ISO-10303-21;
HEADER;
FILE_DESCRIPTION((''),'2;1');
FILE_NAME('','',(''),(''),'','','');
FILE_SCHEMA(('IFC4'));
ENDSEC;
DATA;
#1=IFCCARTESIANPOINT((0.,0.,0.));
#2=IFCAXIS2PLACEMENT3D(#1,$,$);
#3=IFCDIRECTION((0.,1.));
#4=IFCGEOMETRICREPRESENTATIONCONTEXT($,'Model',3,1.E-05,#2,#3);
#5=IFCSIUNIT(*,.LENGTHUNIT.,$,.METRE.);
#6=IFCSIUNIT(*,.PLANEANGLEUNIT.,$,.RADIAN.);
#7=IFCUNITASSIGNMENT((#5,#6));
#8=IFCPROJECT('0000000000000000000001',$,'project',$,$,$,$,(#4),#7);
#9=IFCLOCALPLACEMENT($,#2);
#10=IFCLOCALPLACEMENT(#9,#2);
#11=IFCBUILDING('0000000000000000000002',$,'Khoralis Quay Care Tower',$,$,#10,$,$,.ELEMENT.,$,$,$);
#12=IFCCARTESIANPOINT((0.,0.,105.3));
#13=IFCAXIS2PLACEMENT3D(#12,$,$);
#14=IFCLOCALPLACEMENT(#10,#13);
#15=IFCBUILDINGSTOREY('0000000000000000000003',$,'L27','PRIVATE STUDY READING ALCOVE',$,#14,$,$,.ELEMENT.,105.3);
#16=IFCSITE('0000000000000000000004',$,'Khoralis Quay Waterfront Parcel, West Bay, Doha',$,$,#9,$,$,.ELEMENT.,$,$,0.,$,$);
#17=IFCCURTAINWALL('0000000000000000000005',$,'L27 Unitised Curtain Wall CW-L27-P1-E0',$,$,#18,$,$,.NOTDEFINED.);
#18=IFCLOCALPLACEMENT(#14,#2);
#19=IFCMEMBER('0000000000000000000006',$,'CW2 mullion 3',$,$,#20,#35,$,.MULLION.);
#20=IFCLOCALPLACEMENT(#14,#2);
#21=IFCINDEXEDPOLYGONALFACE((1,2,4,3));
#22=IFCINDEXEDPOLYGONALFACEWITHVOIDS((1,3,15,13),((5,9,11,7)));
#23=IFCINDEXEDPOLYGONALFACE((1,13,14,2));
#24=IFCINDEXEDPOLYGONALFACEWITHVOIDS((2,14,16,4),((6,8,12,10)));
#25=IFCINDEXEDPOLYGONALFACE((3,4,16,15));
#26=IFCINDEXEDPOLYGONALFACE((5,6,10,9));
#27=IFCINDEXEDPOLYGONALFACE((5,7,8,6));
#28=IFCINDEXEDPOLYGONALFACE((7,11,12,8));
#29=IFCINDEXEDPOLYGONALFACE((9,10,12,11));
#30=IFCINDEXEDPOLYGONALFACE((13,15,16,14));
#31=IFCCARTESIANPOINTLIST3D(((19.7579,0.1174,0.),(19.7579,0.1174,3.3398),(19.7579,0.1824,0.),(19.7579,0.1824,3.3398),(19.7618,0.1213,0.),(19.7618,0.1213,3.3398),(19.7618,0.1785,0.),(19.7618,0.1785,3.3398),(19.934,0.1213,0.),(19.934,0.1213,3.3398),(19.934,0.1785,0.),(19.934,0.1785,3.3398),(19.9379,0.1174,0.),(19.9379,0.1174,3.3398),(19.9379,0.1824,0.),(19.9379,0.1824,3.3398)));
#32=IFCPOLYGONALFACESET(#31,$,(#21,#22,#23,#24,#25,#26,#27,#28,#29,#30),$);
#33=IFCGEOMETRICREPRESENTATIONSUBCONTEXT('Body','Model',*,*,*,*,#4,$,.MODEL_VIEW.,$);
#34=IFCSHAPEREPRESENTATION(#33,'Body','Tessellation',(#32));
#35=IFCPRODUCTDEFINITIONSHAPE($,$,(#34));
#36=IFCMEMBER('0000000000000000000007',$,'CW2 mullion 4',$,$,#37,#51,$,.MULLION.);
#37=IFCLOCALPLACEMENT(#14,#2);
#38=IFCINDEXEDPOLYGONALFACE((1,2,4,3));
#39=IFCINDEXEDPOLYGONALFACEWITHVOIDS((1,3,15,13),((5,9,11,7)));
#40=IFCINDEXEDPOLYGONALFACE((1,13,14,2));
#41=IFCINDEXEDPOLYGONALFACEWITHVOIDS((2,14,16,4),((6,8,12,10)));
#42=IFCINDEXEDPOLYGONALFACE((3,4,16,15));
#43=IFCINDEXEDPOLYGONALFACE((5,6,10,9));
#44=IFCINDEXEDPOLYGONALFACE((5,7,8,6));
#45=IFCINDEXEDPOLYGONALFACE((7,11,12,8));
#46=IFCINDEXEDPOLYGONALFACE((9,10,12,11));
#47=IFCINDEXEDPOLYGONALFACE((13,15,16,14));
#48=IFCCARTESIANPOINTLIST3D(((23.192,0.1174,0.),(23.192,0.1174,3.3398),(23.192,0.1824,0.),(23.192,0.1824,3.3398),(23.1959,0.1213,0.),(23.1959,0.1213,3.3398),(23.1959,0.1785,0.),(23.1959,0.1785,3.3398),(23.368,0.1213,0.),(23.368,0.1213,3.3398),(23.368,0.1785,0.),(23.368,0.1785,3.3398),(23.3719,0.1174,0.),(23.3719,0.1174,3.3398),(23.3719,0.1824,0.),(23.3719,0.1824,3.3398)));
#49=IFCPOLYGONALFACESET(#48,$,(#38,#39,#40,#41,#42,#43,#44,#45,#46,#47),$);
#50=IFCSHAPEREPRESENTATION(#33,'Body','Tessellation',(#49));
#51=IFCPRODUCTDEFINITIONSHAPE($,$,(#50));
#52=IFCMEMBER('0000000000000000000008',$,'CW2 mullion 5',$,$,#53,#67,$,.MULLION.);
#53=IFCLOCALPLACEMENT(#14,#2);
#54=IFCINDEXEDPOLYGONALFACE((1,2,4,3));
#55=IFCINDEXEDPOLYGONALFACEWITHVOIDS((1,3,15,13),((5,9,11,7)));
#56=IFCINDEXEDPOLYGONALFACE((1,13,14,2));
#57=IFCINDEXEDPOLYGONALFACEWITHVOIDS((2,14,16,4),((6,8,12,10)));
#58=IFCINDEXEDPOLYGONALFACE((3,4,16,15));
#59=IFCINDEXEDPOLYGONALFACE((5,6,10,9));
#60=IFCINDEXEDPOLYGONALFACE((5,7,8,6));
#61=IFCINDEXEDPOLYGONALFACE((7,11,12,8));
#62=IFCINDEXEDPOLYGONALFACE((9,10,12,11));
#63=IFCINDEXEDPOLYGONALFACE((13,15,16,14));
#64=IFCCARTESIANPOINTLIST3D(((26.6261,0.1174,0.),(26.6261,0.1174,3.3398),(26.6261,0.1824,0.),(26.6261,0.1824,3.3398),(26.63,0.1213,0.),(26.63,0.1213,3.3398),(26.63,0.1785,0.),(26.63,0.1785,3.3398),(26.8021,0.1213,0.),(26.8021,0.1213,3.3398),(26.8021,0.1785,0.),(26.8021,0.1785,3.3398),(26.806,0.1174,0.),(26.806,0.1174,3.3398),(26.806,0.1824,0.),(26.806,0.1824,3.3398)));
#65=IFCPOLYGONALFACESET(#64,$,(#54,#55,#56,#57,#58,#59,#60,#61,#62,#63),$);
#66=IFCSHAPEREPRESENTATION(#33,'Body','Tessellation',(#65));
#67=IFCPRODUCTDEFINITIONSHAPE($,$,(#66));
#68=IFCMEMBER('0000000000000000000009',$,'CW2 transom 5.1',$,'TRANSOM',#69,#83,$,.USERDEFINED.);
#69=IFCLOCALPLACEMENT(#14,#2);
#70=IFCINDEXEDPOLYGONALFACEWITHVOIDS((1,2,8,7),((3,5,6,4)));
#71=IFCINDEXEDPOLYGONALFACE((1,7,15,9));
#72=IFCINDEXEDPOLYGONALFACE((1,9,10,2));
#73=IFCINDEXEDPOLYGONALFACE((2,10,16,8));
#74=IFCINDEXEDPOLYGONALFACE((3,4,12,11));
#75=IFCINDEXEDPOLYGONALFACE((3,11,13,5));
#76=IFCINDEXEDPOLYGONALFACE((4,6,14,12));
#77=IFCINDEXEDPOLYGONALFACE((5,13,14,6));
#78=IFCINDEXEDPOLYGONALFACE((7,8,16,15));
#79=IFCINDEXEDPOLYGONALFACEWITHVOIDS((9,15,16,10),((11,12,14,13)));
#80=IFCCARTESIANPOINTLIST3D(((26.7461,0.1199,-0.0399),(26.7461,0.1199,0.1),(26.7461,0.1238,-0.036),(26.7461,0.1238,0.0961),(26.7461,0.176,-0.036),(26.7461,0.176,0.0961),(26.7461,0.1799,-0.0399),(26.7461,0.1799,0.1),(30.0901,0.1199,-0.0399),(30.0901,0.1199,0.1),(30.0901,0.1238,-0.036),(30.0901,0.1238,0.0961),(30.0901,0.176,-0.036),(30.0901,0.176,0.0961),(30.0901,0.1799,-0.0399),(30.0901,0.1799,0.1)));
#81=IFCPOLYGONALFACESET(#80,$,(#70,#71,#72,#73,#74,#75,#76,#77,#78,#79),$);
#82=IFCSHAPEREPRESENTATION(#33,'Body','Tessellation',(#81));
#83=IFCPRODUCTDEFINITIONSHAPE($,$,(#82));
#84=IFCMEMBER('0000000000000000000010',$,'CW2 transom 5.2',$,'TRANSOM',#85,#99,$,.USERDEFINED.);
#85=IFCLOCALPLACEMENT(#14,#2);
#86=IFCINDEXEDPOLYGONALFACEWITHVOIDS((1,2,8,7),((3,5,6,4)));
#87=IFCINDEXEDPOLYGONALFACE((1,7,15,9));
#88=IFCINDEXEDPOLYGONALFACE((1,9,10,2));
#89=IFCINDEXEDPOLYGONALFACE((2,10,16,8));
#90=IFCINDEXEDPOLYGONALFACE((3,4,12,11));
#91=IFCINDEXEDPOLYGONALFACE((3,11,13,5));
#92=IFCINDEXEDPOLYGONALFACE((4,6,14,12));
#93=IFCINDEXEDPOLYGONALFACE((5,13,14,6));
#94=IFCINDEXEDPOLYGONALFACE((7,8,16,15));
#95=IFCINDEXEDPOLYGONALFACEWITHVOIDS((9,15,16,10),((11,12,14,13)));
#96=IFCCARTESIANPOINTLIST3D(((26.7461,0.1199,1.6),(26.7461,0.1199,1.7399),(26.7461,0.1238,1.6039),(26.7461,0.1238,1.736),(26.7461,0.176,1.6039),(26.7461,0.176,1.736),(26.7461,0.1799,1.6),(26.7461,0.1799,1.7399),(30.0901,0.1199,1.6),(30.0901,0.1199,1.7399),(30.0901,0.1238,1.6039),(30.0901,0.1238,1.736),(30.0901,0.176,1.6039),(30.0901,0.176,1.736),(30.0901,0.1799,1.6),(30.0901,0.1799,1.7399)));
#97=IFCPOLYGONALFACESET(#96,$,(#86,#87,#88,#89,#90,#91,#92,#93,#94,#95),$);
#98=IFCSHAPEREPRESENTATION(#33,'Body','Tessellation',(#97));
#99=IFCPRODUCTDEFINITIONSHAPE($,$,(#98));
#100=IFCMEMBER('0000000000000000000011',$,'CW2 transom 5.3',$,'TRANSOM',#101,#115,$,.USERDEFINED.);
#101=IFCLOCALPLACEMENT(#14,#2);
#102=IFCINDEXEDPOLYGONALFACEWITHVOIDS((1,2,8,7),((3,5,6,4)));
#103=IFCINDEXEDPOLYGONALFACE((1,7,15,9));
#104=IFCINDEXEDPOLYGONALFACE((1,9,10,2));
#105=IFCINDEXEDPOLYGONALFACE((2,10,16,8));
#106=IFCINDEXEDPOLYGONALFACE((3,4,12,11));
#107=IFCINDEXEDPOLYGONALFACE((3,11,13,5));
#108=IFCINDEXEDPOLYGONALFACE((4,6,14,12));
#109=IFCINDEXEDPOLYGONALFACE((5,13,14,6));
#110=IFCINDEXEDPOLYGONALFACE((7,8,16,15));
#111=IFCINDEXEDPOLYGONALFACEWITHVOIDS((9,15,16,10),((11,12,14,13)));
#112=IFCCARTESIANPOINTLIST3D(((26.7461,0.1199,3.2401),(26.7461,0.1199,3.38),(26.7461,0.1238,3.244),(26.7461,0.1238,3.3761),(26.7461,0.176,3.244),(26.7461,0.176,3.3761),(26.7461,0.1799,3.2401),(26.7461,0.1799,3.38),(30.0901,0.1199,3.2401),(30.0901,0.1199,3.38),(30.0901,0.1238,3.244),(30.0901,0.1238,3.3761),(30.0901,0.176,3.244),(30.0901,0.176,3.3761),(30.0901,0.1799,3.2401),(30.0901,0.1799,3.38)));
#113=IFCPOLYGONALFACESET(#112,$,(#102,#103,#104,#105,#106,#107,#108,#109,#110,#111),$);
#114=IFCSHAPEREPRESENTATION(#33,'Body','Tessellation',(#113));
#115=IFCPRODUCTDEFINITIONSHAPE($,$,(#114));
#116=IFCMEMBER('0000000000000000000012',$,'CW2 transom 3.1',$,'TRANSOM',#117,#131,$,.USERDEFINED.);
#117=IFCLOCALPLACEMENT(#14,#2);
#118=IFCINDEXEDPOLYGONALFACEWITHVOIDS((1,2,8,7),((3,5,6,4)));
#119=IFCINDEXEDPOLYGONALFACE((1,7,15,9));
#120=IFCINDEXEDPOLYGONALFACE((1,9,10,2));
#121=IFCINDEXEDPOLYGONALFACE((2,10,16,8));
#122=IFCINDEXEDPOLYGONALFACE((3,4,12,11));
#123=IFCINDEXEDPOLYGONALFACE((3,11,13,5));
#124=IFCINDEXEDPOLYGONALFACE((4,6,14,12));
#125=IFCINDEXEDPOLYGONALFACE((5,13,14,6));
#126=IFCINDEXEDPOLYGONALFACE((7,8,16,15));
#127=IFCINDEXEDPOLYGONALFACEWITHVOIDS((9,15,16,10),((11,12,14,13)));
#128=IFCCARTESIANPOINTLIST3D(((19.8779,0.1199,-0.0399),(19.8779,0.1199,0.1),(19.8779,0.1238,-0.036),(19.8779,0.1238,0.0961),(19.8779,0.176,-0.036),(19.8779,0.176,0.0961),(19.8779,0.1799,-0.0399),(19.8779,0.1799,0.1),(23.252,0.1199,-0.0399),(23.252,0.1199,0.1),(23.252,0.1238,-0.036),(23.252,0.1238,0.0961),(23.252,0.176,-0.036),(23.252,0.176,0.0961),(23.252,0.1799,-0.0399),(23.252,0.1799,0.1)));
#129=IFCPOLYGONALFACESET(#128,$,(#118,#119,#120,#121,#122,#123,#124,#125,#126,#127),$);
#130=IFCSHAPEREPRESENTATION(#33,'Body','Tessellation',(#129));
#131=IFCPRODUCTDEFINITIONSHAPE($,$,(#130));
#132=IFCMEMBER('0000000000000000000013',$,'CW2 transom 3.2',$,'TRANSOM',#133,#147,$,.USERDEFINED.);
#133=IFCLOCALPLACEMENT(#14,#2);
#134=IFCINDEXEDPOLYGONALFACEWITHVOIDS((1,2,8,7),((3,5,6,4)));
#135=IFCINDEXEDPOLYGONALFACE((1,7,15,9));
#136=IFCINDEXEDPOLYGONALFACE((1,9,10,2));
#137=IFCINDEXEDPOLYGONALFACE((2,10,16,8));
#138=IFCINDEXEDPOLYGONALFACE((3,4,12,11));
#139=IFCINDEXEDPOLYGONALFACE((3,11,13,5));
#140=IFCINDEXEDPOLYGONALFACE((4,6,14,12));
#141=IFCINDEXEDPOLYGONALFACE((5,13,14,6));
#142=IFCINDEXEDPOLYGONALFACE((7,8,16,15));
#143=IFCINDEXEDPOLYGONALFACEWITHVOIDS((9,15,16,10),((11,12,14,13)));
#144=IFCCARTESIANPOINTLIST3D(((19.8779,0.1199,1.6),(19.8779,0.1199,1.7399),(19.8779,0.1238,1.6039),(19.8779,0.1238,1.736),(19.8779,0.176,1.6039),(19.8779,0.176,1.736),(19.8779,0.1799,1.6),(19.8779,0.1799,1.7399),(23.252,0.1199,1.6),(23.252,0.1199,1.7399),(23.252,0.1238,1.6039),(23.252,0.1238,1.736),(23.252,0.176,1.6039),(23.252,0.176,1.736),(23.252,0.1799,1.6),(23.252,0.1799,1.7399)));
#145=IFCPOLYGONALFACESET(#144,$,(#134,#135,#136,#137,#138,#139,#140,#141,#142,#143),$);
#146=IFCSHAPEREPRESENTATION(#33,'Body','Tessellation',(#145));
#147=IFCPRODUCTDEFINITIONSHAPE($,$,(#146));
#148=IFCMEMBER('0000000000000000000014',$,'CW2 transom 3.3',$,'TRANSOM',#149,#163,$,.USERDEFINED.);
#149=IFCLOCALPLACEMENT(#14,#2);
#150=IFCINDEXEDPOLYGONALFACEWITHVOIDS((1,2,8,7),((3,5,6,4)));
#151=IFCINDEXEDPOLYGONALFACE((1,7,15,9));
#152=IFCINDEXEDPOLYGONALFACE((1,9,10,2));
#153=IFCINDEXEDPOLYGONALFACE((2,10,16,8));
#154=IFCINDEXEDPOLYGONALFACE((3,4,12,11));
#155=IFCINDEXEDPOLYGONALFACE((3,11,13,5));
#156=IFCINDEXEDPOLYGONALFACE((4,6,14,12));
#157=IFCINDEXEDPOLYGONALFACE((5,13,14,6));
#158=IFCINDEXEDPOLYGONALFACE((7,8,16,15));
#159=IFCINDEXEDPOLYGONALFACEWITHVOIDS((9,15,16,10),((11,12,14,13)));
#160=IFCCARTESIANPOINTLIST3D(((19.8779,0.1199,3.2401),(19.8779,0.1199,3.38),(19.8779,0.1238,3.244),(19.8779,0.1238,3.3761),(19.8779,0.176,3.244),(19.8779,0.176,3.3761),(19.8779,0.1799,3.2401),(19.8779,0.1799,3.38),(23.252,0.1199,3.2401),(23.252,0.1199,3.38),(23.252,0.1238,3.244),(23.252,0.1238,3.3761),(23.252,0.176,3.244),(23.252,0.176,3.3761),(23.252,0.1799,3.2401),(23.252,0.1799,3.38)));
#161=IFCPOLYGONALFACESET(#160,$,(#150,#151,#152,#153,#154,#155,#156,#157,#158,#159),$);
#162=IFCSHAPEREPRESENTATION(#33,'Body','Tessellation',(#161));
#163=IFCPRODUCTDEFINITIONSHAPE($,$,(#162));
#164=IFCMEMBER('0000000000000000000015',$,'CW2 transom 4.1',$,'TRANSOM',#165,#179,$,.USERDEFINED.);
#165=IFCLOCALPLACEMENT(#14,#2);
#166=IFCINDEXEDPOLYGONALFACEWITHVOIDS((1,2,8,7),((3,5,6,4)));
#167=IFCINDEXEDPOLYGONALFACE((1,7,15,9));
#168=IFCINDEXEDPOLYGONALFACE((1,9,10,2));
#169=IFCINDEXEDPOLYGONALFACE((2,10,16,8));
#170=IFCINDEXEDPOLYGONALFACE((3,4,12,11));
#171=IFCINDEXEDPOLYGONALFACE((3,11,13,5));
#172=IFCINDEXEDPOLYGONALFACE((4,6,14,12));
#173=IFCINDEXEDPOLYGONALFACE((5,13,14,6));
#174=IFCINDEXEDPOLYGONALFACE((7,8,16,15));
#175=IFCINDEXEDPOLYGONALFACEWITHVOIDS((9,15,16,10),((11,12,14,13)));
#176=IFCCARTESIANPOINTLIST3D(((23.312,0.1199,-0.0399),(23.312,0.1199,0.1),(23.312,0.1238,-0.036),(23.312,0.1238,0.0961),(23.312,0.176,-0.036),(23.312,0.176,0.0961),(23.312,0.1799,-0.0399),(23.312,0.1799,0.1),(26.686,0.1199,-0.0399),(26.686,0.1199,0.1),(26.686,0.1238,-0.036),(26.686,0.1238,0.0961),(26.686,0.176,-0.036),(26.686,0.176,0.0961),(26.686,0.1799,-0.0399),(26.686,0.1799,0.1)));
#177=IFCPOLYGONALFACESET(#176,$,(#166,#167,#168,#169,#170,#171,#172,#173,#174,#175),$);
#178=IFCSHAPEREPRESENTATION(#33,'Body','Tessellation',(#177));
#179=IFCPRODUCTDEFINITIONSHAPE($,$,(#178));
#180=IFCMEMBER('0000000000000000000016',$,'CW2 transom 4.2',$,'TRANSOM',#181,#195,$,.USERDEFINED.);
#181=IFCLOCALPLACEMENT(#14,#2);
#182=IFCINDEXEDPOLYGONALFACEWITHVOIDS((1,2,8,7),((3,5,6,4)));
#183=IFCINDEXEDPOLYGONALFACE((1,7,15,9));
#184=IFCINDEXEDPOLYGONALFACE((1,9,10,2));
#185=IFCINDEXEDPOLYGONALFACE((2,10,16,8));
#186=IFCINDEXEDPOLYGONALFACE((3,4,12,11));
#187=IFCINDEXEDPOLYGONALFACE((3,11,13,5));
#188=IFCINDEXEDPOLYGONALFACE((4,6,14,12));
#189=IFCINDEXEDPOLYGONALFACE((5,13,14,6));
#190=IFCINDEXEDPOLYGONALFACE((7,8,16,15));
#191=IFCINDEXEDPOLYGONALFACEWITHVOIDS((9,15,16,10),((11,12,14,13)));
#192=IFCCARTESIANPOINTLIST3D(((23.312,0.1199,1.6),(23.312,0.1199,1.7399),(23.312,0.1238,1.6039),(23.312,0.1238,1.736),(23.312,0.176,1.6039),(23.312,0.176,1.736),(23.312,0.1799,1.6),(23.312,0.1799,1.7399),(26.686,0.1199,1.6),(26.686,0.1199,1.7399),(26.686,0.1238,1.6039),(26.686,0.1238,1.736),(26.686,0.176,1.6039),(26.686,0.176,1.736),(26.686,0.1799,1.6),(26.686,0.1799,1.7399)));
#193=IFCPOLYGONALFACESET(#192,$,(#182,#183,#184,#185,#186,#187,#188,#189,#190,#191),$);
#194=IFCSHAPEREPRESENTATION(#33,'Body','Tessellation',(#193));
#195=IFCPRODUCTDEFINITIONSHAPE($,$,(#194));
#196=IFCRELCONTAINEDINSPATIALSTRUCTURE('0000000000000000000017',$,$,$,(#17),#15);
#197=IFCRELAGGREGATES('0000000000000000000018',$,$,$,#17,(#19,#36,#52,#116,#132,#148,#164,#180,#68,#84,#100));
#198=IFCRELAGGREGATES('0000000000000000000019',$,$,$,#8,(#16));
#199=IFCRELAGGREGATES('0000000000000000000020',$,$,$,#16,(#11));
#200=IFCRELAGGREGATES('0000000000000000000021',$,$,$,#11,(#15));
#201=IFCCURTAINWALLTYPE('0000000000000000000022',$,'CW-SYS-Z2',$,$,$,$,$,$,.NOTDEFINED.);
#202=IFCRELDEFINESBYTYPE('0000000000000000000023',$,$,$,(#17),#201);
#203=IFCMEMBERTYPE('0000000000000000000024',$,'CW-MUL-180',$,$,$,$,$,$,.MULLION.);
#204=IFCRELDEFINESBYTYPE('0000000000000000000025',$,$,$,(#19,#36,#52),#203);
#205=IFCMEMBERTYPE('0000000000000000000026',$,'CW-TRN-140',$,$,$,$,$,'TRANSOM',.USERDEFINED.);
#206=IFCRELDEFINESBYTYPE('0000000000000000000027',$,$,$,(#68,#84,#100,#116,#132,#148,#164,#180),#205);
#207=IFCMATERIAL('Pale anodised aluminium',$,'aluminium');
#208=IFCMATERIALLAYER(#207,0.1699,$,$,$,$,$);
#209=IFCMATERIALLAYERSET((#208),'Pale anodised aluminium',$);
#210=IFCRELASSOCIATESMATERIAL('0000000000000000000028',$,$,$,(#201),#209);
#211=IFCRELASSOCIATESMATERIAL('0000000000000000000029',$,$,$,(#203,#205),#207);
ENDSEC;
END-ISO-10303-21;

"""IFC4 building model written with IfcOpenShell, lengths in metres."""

from ifc_helpers import new_model, si_unit, direction, frame, origin, origin_2d, place, context, subcontext, project, spatial, hollow_rectangle, extrude, source, transform, mapped, material, layer, layer_set, material_profile, profile_set, type_object, element, aggregate, save


model = new_model("IFC4")

# Units and contexts
model_context = context("Model", 3, precision=1e-05, world=origin(), true_north=direction((0.0, 1.0)))
body_context = subcontext(model_context, "Body", "Model", "MODEL_VIEW")
ifc_project = project(units=[si_unit("LENGTHUNIT", "METRE"), si_unit("PLANEANGLEUNIT", "RADIAN")], contexts=[model_context])

# Site, building, storey
site_placement = place(None, origin())
site = spatial("IfcSite", under=ifc_project, at=site_placement, Name="Khoralis Quay Waterfront Parcel, West Bay, Doha", CompositionType="ELEMENT", RefElevation=0.0)
building_placement = place(site_placement, origin())
building = spatial("IfcBuilding", under=site, at=building_placement, Name="Khoralis Quay Care Tower", CompositionType="ELEMENT")
storey_placement = place(building_placement, frame((0.0, 0.0, 105.3)))
storey = spatial("IfcBuildingStorey", under=building, at=storey_placement, Name="L27", Description="PRIVATE STUDY READING ALCOVE", CompositionType="ELEMENT", Elevation=105.3)

# Curtain wall, members
ifc_material_1 = material(Name="Pale anodised aluminium", Category="aluminium")
ifc_layer_1 = layer(ifc_material_1, 0.1699)
ifc_layer_set_1 = layer_set([ifc_layer_1], Name="Pale anodised aluminium")
curtain_wall_type = type_object("IfcCurtainWallType", Name="CW-SYS-Z2", PredefinedType="NOTDEFINED", material=ifc_layer_set_1)
curtain_wall_placement = place(storey_placement, origin())
curtain_wall = element("IfcCurtainWall", 1, at=curtain_wall_placement, inside=storey, type_object=curtain_wall_type, Name="L27 Unitised Curtain Wall CW-L27-P1-E0", PredefinedType="NOTDEFINED")
ifc_material_profile_1 = material_profile(ifc_material_1, hollow_rectangle(XDim=0.0649, YDim=0.1799, WallThickness=0.0039, at=origin_2d()), Name="Pale anodised aluminium")
ifc_profile_set_1 = profile_set([ifc_material_profile_1], Name="Pale anodised aluminium")
member_type_1 = type_object("IfcMemberType", Name="CW-MUL-180", PredefinedType="MULLION", material=ifc_profile_set_1)
shared_shape_1 = source(origin(), body_context, "Body", "SweptSolid", [
    extrude(hollow_rectangle(XDim=0.0649, YDim=0.1799, WallThickness=0.0039, at=origin_2d()), origin(), (0.0, 0.0, 1.0), 3.3398),
])
member_1_placement = place(storey_placement, frame((19.8479, 0.1499, 0.0), z_axis=(0.0, 0.0, 1.0), x_axis=(0.0, 1.0, 0.0)))
member_1 = element("IfcMember", 2, at=member_1_placement, type_object=member_type_1, Name="CW2 mullion 3", PredefinedType="MULLION", context=body_context, shape_type="MappedRepresentation", body=[
    mapped(shared_shape_1, transform((0.0, 0.0, 0.0), scale=1.0)),
])
member_2_placement = place(storey_placement, frame((23.282, 0.1499, 0.0), z_axis=(0.0, 0.0, 1.0), x_axis=(0.0, 1.0, 0.0)))
member_2 = element("IfcMember", 3, at=member_2_placement, type_object=member_type_1, Name="CW2 mullion 4", PredefinedType="MULLION", context=body_context, shape_type="MappedRepresentation", body=[
    mapped(shared_shape_1, transform((0.0, 0.0, 0.0), scale=1.0)),
])
member_3_placement = place(storey_placement, frame((26.7161, 0.1499, 0.0), z_axis=(0.0, 0.0, 1.0), x_axis=(0.0, 1.0, 0.0)))
member_3 = element("IfcMember", 4, at=member_3_placement, type_object=member_type_1, Name="CW2 mullion 5", PredefinedType="MULLION", context=body_context, shape_type="MappedRepresentation", body=[
    mapped(shared_shape_1, transform((0.0, 0.0, 0.0), scale=1.0)),
])
ifc_material_profile_2 = material_profile(ifc_material_1, hollow_rectangle(XDim=0.0601, YDim=0.1399, WallThickness=0.0039, at=origin_2d()), Name="Pale anodised aluminium")
ifc_profile_set_2 = profile_set([ifc_material_profile_2], Name="Pale anodised aluminium")
member_type_2 = type_object("IfcMemberType", Name="CW-TRN-140", ElementType="TRANSOM", PredefinedType="USERDEFINED", material=ifc_profile_set_2)
shared_shape_2 = source(origin(), body_context, "Body", "SweptSolid", [
    extrude(hollow_rectangle(XDim=0.0601, YDim=0.1399, WallThickness=0.0039, at=origin_2d()), origin(), (0.0, 0.0, 1.0), 3.344),
])
member_4_placement = place(storey_placement, frame((26.7461, 0.1499, 0.03), z_axis=(1.0, 0.0, 0.0), x_axis=(0.0, 1.0, 0.0)))
member_4 = element("IfcMember", 5, at=member_4_placement, type_object=member_type_2, Name="CW2 transom 5.1", ObjectType="TRANSOM", PredefinedType="USERDEFINED", context=body_context, shape_type="MappedRepresentation", body=[
    mapped(shared_shape_2, transform((0.0, 0.0, 0.0), scale=1.0)),
])
member_5_placement = place(storey_placement, frame((26.7461, 0.1499, 1.6699), z_axis=(1.0, 0.0, 0.0), x_axis=(0.0, 1.0, 0.0)))
member_5 = element("IfcMember", 6, at=member_5_placement, type_object=member_type_2, Name="CW2 transom 5.2", ObjectType="TRANSOM", PredefinedType="USERDEFINED", context=body_context, shape_type="MappedRepresentation", body=[
    mapped(shared_shape_2, transform((0.0, 0.0, 0.0), scale=1.0)),
])
member_6_placement = place(storey_placement, frame((26.7461, 0.1499, 3.3101), z_axis=(1.0, 0.0, 0.0), x_axis=(0.0, 1.0, 0.0)))
member_6 = element("IfcMember", 7, at=member_6_placement, type_object=member_type_2, Name="CW2 transom 5.3", ObjectType="TRANSOM", PredefinedType="USERDEFINED", context=body_context, shape_type="MappedRepresentation", body=[
    mapped(shared_shape_2, transform((0.0, 0.0, 0.0), scale=1.0)),
])
shared_shape_3 = source(origin(), body_context, "Body", "SweptSolid", [
    extrude(hollow_rectangle(XDim=0.0601, YDim=0.1399, WallThickness=0.0039, at=origin_2d()), origin(), (0.0, 0.0, 1.0), 3.374),
])
member_7_placement = place(storey_placement, frame((19.8779, 0.1499, 0.03), z_axis=(1.0, 0.0, 0.0), x_axis=(0.0, 1.0, 0.0)))
member_7 = element("IfcMember", 8, at=member_7_placement, type_object=member_type_2, Name="CW2 transom 3.1", ObjectType="TRANSOM", PredefinedType="USERDEFINED", context=body_context, shape_type="MappedRepresentation", body=[
    mapped(shared_shape_3, transform((0.0, 0.0, 0.0), scale=1.0)),
])
member_8_placement = place(storey_placement, frame((19.8779, 0.1499, 1.6699), z_axis=(1.0, 0.0, 0.0), x_axis=(0.0, 1.0, 0.0)))
member_8 = element("IfcMember", 9, at=member_8_placement, type_object=member_type_2, Name="CW2 transom 3.2", ObjectType="TRANSOM", PredefinedType="USERDEFINED", context=body_context, shape_type="MappedRepresentation", body=[
    mapped(shared_shape_3, transform((0.0, 0.0, 0.0), scale=1.0)),
])
member_9_placement = place(storey_placement, frame((19.8779, 0.1499, 3.3101), z_axis=(1.0, 0.0, 0.0), x_axis=(0.0, 1.0, 0.0)))
member_9 = element("IfcMember", 10, at=member_9_placement, type_object=member_type_2, Name="CW2 transom 3.3", ObjectType="TRANSOM", PredefinedType="USERDEFINED", context=body_context, shape_type="MappedRepresentation", body=[
    mapped(shared_shape_3, transform((0.0, 0.0, 0.0), scale=1.0)),
])
member_10_placement = place(storey_placement, frame((23.312, 0.1499, 0.03), z_axis=(1.0, 0.0, 0.0), x_axis=(0.0, 1.0, 0.0)))
member_10 = element("IfcMember", 11, at=member_10_placement, type_object=member_type_2, Name="CW2 transom 4.1", ObjectType="TRANSOM", PredefinedType="USERDEFINED", context=body_context, shape_type="MappedRepresentation", body=[
    mapped(shared_shape_3, transform((0.0, 0.0, 0.0), scale=1.0)),
])
member_11_placement = place(storey_placement, frame((23.312, 0.1499, 1.6699), z_axis=(1.0, 0.0, 0.0), x_axis=(0.0, 1.0, 0.0)))
member_11 = element("IfcMember", 12, at=member_11_placement, type_object=member_type_2, Name="CW2 transom 4.2", ObjectType="TRANSOM", PredefinedType="USERDEFINED", context=body_context, shape_type="MappedRepresentation", body=[
    mapped(shared_shape_3, transform((0.0, 0.0, 0.0), scale=1.0)),
])
aggregate(curtain_wall, [member_1, member_2, member_3, member_7, member_8, member_9, member_10, member_11, member_4, member_5, member_6])

save(model, "model.ifc")
